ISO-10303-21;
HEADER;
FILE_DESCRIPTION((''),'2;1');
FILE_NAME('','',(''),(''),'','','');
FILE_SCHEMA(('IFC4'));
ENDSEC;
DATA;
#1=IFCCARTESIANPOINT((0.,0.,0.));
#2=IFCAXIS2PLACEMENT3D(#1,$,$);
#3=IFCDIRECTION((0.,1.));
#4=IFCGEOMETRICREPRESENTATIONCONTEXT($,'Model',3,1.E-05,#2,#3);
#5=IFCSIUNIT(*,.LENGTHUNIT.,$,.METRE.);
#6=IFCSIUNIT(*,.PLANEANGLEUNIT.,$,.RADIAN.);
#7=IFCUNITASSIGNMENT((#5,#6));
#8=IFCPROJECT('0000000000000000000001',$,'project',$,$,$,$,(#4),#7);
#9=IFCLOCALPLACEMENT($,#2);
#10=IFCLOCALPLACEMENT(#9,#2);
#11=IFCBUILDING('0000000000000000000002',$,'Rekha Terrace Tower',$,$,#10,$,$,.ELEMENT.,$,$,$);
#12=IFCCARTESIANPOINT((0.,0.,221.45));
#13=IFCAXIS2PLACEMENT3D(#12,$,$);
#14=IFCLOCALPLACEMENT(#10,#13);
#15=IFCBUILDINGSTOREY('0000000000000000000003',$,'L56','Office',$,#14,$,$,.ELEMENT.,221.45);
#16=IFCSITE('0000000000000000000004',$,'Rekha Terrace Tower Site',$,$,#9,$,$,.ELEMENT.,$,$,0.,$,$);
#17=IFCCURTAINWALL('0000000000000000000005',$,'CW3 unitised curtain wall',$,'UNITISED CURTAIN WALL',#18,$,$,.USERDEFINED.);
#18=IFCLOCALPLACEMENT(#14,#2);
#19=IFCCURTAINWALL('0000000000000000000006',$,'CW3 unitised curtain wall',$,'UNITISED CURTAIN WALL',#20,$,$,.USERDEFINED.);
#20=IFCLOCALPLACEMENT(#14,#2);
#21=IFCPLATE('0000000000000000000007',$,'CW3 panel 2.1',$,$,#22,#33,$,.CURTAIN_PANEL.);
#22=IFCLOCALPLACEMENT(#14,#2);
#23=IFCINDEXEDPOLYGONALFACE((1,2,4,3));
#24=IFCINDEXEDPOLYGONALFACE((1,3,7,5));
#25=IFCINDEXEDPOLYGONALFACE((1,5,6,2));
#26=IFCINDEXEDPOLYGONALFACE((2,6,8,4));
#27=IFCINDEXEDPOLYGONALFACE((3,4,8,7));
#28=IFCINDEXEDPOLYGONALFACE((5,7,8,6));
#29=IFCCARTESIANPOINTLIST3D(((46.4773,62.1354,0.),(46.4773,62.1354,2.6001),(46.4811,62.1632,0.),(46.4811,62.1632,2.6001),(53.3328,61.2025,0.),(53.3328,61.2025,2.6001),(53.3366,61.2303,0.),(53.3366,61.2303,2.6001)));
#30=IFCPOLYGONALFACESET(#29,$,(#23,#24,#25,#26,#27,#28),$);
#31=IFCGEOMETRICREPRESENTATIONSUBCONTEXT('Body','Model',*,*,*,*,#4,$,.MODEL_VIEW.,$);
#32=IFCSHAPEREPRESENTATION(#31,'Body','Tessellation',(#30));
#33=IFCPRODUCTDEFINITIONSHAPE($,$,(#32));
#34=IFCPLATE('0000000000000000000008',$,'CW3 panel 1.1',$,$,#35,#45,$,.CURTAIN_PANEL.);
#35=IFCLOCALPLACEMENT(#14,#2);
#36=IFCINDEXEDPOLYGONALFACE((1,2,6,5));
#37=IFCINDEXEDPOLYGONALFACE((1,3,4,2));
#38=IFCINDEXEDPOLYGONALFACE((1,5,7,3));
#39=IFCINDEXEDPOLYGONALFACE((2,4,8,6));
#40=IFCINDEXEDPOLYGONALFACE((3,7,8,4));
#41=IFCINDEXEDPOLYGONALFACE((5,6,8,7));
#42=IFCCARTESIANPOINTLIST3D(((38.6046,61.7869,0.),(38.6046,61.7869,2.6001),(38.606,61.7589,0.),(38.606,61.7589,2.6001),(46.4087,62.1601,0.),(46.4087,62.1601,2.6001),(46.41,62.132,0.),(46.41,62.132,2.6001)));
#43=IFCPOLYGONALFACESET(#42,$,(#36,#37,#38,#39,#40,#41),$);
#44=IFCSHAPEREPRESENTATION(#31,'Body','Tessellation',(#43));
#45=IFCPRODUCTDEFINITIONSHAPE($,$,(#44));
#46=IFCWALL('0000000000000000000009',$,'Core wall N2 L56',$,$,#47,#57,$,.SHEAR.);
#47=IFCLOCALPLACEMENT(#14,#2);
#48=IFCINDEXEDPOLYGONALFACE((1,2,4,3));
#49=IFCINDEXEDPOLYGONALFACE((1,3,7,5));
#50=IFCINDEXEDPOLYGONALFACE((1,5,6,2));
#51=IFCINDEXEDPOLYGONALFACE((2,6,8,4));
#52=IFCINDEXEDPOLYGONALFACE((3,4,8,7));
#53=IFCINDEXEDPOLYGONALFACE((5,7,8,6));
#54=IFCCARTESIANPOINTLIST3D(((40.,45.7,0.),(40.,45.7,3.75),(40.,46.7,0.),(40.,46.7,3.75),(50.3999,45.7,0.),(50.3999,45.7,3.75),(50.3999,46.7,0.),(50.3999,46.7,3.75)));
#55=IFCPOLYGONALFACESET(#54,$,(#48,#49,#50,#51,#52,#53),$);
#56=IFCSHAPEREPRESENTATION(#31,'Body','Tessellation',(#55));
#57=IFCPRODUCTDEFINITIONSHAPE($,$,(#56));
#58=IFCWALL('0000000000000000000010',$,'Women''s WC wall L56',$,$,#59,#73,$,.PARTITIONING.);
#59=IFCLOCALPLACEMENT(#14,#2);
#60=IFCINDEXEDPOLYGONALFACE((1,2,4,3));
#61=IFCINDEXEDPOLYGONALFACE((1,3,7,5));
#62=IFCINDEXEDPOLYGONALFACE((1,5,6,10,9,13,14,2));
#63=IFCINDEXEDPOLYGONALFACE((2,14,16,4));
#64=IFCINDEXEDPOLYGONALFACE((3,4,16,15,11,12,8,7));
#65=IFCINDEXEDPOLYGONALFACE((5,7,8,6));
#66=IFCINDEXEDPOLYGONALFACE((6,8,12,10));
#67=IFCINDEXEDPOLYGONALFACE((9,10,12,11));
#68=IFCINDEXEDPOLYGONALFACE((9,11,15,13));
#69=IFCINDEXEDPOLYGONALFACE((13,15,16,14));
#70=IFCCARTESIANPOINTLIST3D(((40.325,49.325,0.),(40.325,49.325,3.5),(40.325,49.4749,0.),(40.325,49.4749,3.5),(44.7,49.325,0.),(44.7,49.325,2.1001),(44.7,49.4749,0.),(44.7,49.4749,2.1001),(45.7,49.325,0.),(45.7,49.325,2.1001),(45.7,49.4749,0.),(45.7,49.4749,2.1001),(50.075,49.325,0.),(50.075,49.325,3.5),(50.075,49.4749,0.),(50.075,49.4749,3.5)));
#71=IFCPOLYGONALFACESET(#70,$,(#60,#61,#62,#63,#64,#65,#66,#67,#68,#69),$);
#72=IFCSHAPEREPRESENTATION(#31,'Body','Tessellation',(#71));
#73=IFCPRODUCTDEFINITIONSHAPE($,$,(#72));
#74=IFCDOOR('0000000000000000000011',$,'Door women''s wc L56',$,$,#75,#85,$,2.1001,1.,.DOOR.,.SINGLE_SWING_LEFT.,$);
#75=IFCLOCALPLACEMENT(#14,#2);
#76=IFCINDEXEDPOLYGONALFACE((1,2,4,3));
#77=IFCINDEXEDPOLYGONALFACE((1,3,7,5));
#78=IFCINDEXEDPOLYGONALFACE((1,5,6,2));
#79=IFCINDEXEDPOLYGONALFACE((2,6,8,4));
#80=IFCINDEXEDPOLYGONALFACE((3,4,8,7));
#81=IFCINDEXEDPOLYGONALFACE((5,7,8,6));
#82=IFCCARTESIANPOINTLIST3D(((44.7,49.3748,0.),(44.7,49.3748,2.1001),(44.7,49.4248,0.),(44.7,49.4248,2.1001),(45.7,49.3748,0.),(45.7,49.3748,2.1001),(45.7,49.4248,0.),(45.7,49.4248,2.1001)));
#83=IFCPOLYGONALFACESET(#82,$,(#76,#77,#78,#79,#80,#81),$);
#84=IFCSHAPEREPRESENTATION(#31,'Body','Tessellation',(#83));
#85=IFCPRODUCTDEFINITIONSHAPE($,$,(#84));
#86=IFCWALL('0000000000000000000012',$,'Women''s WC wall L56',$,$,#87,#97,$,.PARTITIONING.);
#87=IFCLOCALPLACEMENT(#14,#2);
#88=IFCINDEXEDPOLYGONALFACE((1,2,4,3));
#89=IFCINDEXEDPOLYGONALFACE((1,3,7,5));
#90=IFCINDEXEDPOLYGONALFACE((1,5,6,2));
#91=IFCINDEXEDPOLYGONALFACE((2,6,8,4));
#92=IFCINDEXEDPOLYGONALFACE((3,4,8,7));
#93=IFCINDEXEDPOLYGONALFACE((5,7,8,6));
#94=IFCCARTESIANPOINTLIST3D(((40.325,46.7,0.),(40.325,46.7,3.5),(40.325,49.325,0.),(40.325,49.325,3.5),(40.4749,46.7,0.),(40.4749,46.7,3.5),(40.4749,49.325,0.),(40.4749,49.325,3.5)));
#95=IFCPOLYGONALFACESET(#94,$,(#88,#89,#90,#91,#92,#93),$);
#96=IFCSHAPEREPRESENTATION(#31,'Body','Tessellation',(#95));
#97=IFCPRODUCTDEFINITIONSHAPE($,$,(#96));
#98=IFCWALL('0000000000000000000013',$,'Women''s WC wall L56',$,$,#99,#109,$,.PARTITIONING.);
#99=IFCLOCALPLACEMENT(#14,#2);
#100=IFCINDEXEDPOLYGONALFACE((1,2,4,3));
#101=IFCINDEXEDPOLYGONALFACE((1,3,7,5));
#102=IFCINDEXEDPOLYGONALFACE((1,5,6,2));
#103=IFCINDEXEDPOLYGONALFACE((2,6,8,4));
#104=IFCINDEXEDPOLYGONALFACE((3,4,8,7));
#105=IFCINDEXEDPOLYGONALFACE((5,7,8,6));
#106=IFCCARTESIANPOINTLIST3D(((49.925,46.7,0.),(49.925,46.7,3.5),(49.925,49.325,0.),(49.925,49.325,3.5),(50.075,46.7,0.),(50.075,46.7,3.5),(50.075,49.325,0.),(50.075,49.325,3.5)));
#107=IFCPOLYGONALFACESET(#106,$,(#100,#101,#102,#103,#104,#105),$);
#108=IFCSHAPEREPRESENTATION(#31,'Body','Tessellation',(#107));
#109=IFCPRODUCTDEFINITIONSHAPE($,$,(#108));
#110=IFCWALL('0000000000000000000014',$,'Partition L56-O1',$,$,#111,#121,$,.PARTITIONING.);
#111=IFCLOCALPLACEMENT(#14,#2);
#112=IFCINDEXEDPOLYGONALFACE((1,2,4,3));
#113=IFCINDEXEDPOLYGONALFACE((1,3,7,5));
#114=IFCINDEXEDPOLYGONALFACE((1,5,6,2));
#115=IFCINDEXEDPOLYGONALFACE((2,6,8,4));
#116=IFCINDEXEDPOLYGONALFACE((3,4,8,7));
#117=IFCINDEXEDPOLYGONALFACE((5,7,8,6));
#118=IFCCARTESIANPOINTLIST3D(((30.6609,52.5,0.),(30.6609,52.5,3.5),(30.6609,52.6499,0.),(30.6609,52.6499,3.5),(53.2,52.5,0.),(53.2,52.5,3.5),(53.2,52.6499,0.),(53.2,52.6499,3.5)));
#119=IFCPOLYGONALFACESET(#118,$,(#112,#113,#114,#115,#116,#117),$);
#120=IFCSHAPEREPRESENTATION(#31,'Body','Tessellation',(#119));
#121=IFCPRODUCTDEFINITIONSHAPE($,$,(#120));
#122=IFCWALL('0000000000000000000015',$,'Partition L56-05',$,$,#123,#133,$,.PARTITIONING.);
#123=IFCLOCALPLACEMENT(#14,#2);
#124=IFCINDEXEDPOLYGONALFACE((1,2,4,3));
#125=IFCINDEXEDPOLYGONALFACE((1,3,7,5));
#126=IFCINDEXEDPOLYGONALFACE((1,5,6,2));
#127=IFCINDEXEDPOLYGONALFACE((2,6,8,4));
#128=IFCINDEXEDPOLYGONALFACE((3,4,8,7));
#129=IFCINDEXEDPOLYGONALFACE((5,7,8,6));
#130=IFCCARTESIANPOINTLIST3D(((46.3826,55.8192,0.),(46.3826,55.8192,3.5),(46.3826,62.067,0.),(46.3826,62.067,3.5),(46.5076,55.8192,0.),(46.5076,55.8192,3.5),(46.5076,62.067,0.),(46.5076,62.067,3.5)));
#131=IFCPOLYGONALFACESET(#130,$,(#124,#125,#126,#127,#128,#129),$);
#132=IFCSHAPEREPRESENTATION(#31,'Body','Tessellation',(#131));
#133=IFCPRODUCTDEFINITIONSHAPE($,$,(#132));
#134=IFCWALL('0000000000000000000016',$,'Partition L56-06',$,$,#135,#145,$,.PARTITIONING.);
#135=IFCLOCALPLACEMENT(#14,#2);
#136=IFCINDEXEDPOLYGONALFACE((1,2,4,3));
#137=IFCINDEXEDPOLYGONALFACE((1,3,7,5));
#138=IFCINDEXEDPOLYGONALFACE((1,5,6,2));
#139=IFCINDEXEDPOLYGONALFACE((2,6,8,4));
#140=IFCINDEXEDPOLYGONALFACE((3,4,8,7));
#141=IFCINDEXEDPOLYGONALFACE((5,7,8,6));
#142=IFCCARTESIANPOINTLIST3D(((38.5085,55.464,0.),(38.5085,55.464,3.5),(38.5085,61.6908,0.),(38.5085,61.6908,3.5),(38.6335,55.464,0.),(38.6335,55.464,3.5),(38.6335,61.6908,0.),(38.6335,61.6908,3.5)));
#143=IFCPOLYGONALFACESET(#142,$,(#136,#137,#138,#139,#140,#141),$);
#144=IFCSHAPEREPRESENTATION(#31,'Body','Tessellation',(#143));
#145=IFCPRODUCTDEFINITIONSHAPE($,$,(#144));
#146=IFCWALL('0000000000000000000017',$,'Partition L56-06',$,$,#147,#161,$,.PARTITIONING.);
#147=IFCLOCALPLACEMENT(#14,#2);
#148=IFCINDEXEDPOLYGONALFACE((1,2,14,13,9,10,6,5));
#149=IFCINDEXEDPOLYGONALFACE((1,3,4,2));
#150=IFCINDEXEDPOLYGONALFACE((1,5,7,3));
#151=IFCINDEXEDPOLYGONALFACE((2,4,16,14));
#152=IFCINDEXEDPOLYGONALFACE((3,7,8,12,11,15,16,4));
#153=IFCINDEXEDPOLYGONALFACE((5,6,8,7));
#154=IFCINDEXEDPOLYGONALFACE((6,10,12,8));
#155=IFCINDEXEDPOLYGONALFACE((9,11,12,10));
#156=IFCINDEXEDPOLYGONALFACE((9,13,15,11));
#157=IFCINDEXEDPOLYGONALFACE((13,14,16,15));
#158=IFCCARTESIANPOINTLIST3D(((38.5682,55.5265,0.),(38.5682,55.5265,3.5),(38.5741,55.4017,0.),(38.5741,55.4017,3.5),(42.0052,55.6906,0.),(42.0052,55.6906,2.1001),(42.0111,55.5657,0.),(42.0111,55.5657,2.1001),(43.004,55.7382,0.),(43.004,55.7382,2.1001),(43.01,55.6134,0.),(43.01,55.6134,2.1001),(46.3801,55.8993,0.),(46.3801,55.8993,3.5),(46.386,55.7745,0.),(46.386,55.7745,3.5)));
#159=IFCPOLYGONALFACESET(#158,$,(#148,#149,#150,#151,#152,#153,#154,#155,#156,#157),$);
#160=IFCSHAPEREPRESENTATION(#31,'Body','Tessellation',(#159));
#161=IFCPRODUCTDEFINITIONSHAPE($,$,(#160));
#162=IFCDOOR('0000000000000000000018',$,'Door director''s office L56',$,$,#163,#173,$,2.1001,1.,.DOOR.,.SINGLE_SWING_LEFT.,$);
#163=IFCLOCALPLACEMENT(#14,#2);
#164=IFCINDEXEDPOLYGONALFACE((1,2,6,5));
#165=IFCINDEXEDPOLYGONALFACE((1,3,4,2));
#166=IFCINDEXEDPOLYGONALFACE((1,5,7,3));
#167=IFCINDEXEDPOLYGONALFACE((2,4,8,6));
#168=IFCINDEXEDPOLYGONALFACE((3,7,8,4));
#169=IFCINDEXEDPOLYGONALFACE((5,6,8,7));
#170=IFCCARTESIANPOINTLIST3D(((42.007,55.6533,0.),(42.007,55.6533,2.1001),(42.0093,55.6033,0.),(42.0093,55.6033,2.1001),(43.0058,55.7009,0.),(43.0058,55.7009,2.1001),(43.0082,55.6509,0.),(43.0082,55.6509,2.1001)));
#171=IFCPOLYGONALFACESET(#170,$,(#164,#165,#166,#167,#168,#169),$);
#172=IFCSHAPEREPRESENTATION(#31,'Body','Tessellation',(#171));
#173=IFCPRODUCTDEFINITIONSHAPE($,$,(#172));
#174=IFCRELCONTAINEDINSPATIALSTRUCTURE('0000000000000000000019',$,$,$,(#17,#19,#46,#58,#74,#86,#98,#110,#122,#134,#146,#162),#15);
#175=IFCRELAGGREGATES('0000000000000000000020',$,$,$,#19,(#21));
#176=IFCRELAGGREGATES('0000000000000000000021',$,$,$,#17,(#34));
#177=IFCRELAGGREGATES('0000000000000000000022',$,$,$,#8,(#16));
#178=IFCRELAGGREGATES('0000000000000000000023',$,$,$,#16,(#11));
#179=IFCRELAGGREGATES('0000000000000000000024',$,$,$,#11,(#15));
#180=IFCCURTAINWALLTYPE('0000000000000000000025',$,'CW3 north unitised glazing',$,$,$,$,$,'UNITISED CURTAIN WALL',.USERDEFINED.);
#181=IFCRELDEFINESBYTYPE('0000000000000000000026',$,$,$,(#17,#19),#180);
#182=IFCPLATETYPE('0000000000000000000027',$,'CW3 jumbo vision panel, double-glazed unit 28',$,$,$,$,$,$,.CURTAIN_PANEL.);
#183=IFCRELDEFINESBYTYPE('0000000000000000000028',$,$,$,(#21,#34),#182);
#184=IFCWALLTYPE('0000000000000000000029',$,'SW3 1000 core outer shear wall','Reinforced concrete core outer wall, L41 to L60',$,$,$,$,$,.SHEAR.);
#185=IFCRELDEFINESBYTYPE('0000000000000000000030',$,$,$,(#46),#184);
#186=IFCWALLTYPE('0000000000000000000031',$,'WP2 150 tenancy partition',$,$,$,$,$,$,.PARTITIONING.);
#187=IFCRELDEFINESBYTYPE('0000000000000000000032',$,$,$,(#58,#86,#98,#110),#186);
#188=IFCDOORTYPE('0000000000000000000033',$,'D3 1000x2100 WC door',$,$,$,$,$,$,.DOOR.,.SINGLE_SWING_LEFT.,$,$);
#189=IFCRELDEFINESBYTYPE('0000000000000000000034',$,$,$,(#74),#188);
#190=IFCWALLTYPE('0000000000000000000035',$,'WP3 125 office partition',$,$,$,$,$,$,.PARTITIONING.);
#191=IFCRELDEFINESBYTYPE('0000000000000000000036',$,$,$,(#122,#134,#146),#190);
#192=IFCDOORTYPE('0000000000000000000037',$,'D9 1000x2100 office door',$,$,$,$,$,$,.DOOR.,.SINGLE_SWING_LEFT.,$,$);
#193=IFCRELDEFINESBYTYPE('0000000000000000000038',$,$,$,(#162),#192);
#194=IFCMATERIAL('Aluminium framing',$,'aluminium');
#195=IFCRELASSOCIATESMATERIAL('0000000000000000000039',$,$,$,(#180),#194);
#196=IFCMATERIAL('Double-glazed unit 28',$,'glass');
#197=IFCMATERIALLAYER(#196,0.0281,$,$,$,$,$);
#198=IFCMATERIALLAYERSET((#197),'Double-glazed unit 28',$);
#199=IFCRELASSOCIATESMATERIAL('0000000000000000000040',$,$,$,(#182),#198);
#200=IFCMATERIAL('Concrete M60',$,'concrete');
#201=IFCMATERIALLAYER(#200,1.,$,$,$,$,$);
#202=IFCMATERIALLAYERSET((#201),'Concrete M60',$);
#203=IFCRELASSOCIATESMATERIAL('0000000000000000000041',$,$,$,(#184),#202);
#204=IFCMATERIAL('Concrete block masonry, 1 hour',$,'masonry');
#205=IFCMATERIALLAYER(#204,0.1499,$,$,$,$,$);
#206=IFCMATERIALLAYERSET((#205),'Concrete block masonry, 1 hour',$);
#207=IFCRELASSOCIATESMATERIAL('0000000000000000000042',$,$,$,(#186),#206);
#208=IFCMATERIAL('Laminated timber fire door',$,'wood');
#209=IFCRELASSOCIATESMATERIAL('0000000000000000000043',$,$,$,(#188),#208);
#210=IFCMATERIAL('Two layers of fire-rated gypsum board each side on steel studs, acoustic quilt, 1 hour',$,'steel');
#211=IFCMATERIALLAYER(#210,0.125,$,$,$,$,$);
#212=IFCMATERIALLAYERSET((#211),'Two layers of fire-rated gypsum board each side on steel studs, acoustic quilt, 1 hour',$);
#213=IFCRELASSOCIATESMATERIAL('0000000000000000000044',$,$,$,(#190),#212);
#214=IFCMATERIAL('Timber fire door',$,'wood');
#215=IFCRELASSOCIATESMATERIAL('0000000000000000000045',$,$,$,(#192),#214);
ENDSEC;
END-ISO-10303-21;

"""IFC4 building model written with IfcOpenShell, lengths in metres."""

from ifc_helpers import new_model, si_unit, direction, frame, frame_2d, origin, origin_2d, place, context, subcontext, project, spatial, rectangle, extrude, material, layer, layer_set, type_object, element, fill, aggregate, save


model = new_model("IFC4")

# Units and contexts
model_context = context("Model", 3, precision=1e-05, world=origin(), true_north=direction((0.0, 1.0)))
body_context = subcontext(model_context, "Body", "Model", "MODEL_VIEW")
ifc_project = project(units=[si_unit("LENGTHUNIT", "METRE"), si_unit("PLANEANGLEUNIT", "RADIAN")], contexts=[model_context])

# Site, building, storey
site_placement = place(None, origin())
site = spatial("IfcSite", under=ifc_project, at=site_placement, Name="Rekha Terrace Tower Site", CompositionType="ELEMENT", RefElevation=0.0)
building_placement = place(site_placement, origin())
building = spatial("IfcBuilding", under=site, at=building_placement, Name="Rekha Terrace Tower", CompositionType="ELEMENT")
storey_placement = place(building_placement, frame((0.0, 0.0, 221.45)))
storey = spatial("IfcBuildingStorey", under=building, at=storey_placement, Name="L56", Description="Office", CompositionType="ELEMENT", Elevation=221.45)

# Shared definitions
ifc_material_1 = material(Name="Concrete M60", Category="concrete")

# Curtain wall
ifc_material_2 = material(Name="Aluminium framing", Category="aluminium")
curtain_wall_type = type_object("IfcCurtainWallType", Name="CW3 north unitised glazing", ElementType="UNITISED CURTAIN WALL", PredefinedType="USERDEFINED", material=ifc_material_2)
curtain_wall_1_placement = place(storey_placement, origin())
curtain_wall_1 = element("IfcCurtainWall", 1, at=curtain_wall_1_placement, inside=storey, type_object=curtain_wall_type, Name="CW3 unitised curtain wall", ObjectType="UNITISED CURTAIN WALL", PredefinedType="USERDEFINED")

# Curtain wall
curtain_wall_2_placement = place(storey_placement, origin())
curtain_wall_2 = element("IfcCurtainWall", 2, at=curtain_wall_2_placement, inside=storey, type_object=curtain_wall_type, Name="CW3 unitised curtain wall", ObjectType="UNITISED CURTAIN WALL", PredefinedType="USERDEFINED")

# Plates
ifc_material_3 = material(Name="Double-glazed unit 28", Category="glass")
ifc_layer_1 = layer(ifc_material_3, 0.0281)
ifc_layer_set_1 = layer_set([ifc_layer_1], Name="Double-glazed unit 28")
plate_type = type_object("IfcPlateType", Name="CW3 jumbo vision panel, double-glazed unit 28", PredefinedType="CURTAIN_PANEL", material=ifc_layer_set_1)
plate_1_placement = place(storey_placement, frame((49.907, 61.6829, 0.0), z_axis=(0.0, 0.0, 1.0), x_axis=(-0.990867, 0.134841, 0.0)))
plate_1 = element("IfcPlate", 3, at=plate_1_placement, type_object=plate_type, Name="CW3 panel 2.1", PredefinedType="CURTAIN_PANEL", context=body_context, shape_type="SweptSolid", body=[
    extrude(rectangle(XDim=6.9187, YDim=0.0281, at=origin_2d()), origin(), (0.0, 0.0, 1.0), 2.6001),
])
aggregate(curtain_wall_2, [plate_1])
plate_2_placement = place(storey_placement, frame((42.5073, 61.9595, 0.0), z_axis=(0.0, 0.0, 1.0), x_axis=(-0.998859, -0.047759, 0.0)))
plate_2 = element("IfcPlate", 4, at=plate_2_placement, type_object=plate_type, Name="CW3 panel 1.1", PredefinedType="CURTAIN_PANEL", context=body_context, shape_type="SweptSolid", body=[
    extrude(rectangle(XDim=7.813, YDim=0.0281, at=origin_2d()), origin(), (0.0, 0.0, 1.0), 2.6001),
])
aggregate(curtain_wall_1, [plate_2])

# Wall
ifc_layer_2 = layer(ifc_material_1, 1.0)
ifc_layer_set_2 = layer_set([ifc_layer_2], Name="Concrete M60")
wall_type_1 = type_object("IfcWallType", Name="SW3 1000 core outer shear wall", Description="Reinforced concrete core outer wall, L41 to L60", PredefinedType="SHEAR", material=ifc_layer_set_2)
wall_1_placement = place(storey_placement, frame((40.0, 46.2, 0.0), z_axis=(0.0, 0.0, 1.0), x_axis=(1.0, 0.0, 0.0)))
element("IfcWall", 5, at=wall_1_placement, inside=storey, type_object=wall_type_1, Name="Core wall N2 L56", PredefinedType="SHEAR", context=body_context, shape_type="SweptSolid", body=[
    extrude(rectangle(XDim=10.3999, YDim=1.0, at=frame_2d((5.2, 0.0))), origin(), (0.0, 0.0, 1.0), 3.75),
])

# Wall, opening, door
ifc_material_4 = material(Name="Concrete block masonry, 1 hour", Category="masonry")
ifc_layer_3 = layer(ifc_material_4, 0.1499)
ifc_layer_set_3 = layer_set([ifc_layer_3], Name="Concrete block masonry, 1 hour")
wall_type_2 = type_object("IfcWallType", Name="WP2 150 tenancy partition", PredefinedType="PARTITIONING", material=ifc_layer_set_3)
wall_2_placement = place(storey_placement, frame((40.325, 49.3999, 0.0), z_axis=(0.0, 0.0, 1.0), x_axis=(1.0, 0.0, 0.0)))
wall_2 = element("IfcWall", 6, at=wall_2_placement, inside=storey, type_object=wall_type_2, Name="Women's WC wall L56", PredefinedType="PARTITIONING", context=body_context, shape_type="SweptSolid", body=[
    extrude(rectangle(XDim=9.75, YDim=0.1499, at=frame_2d((4.875, 0.0))), origin(), (0.0, 0.0, 1.0), 3.5),
])
opening_1_placement = place(wall_2_placement, frame((4.375, 0.0, 0.0)))
opening_1 = element("IfcOpeningElement", 7, at=opening_1_placement, cuts=wall_2, PredefinedType="OPENING", context=body_context, shape_type="SweptSolid", body=[
    extrude(rectangle(XDim=1.0, YDim=2.1001, at=frame_2d((0.5, 1.05))), frame((0.0, 0.085, 0.0), z_axis=(0.0, -1.0, 0.0), x_axis=(1.0, 0.0, 0.0)), (0.0, 0.0, 1.0), 0.1699),
])
ifc_material_5 = material(Name="Laminated timber fire door", Category="wood")
door_type_1 = type_object("IfcDoorType", Name="D3 1000x2100 WC door", OperationType="SINGLE_SWING_LEFT", PredefinedType="DOOR", material=ifc_material_5)
door_1_placement = place(opening_1_placement, origin())
door_1 = element("IfcDoor", 8, at=door_1_placement, inside=storey, type_object=door_type_1, Name="Door women's wc L56", OperationType="SINGLE_SWING_LEFT", OverallHeight=2.1001, OverallWidth=1.0, PredefinedType="DOOR", context=body_context, shape_type="SweptSolid", body=[
    extrude(rectangle(XDim=1.0, YDim=2.1001, at=frame_2d((0.5, 1.05))), frame((0.0, 0.0249, 0.0), z_axis=(0.0, -1.0, 0.0), x_axis=(1.0, 0.0, 0.0)), (0.0, 0.0, 1.0), 0.05),
])
fill(opening_1, door_1)

# Walls
for number, where, z_axis, x_axis, name in (
    (9, (40.3999, 46.7, 0.0), (0.0, 0.0, 1.0), (0.0, 1.0, 0.0), "Women's WC wall L56"),
    (10, (50.0, 46.7, 0.0), (0.0, 0.0, 1.0), (0.0, 1.0, 0.0), "Women's WC wall L56"),
):
    element("IfcWall", number, at=place(storey_placement, frame(where, z_axis=z_axis, x_axis=x_axis)), inside=storey, type_object=wall_type_2, Name=name, PredefinedType="PARTITIONING", context=body_context, shape_type="SweptSolid", body=[
        extrude(rectangle(XDim=2.625, YDim=0.1499, at=frame_2d((1.3125, 0.0))), origin(), (0.0, 0.0, 1.0), 3.5),
    ])
wall_3_placement = place(storey_placement, frame((53.2, 52.575, 0.0), z_axis=(0.0, 0.0, 1.0), x_axis=(-1.0, 0.0, 0.0)))
element("IfcWall", 11, at=wall_3_placement, inside=storey, type_object=wall_type_2, Name="Partition L56-O1", PredefinedType="PARTITIONING", context=body_context, shape_type="SweptSolid", body=[
    extrude(rectangle(XDim=22.5391, YDim=0.1499, at=frame_2d((11.2695, 0.0))), origin(), (0.0, 0.0, 1.0), 3.5),
])
ifc_material_6 = material(Name="Two layers of fire-rated gypsum board each side on steel studs, acoustic quilt, 1 hour", Category="steel")
ifc_layer_4 = layer(ifc_material_6, 0.125)
ifc_layer_set_4 = layer_set([ifc_layer_4], Name="Two layers of fire-rated gypsum board each side on steel studs, acoustic quilt, 1 hour")
wall_type_3 = type_object("IfcWallType", Name="WP3 125 office partition", PredefinedType="PARTITIONING", material=ifc_layer_set_4)
wall_4_placement = place(storey_placement, frame((46.4451, 55.8191, 0.0), z_axis=(0.0, 0.0, 1.0), x_axis=(0.0, 1.0, 0.0)))
element("IfcWall", 12, at=wall_4_placement, inside=storey, type_object=wall_type_3, Name="Partition L56-05", PredefinedType="PARTITIONING", context=body_context, shape_type="SweptSolid", body=[
    extrude(rectangle(XDim=6.2478, YDim=0.125, at=frame_2d((3.124, 0.0))), origin(), (0.0, 0.0, 1.0), 3.5),
])
wall_5_placement = place(storey_placement, frame((38.571, 55.4641, 0.0), z_axis=(0.0, 0.0, 1.0), x_axis=(0.0, 1.0, 0.0)))
element("IfcWall", 13, at=wall_5_placement, inside=storey, type_object=wall_type_3, Name="Partition L56-06", PredefinedType="PARTITIONING", context=body_context, shape_type="SweptSolid", body=[
    extrude(rectangle(XDim=6.2268, YDim=0.125, at=frame_2d((3.1133, 0.0))), origin(), (0.0, 0.0, 1.0), 3.5),
])

# Wall, opening, door
wall_6_placement = place(storey_placement, frame((46.3831, 55.8369, 0.0), z_axis=(0.0, 0.0, 1.0), x_axis=(-0.998863, -0.047667, 0.0)))
wall_6 = element("IfcWall", 14, at=wall_6_placement, inside=storey, type_object=wall_type_3, Name="Partition L56-06", PredefinedType="PARTITIONING", context=body_context, shape_type="SweptSolid", body=[
    extrude(rectangle(XDim=7.8208, YDim=0.125, at=frame_2d((3.9104, 0.0))), origin(), (0.0, 0.0, 1.0), 3.5),
])
opening_2_placement = place(wall_6_placement, frame((3.3799, 0.0, 0.0)))
opening_2 = element("IfcOpeningElement", 15, at=opening_2_placement, cuts=wall_6, PredefinedType="OPENING", context=body_context, shape_type="SweptSolid", body=[
    extrude(rectangle(XDim=1.0, YDim=2.1001, at=frame_2d((0.5, 1.05))), frame((0.0, 0.0725, 0.0), z_axis=(0.0, -1.0, 0.0), x_axis=(1.0, 0.0, 0.0)), (0.0, 0.0, 1.0), 0.145),
])
ifc_material_7 = material(Name="Timber fire door", Category="wood")
door_type_2 = type_object("IfcDoorType", Name="D9 1000x2100 office door", OperationType="SINGLE_SWING_LEFT", PredefinedType="DOOR", material=ifc_material_7)
door_2_placement = place(opening_2_placement, origin())
door_2 = element("IfcDoor", 16, at=door_2_placement, inside=storey, type_object=door_type_2, Name="Door director's office L56", OperationType="SINGLE_SWING_LEFT", OverallHeight=2.1001, OverallWidth=1.0, PredefinedType="DOOR", context=body_context, shape_type="SweptSolid", body=[
    extrude(rectangle(XDim=1.0, YDim=2.1001, at=frame_2d((0.5, 1.05))), frame((0.0, 0.0249, 0.0), z_axis=(0.0, -1.0, 0.0), x_axis=(1.0, 0.0, 0.0)), (0.0, 0.0, 1.0), 0.05),
])
fill(opening_2, door_2)

save(model, "model.ifc")
